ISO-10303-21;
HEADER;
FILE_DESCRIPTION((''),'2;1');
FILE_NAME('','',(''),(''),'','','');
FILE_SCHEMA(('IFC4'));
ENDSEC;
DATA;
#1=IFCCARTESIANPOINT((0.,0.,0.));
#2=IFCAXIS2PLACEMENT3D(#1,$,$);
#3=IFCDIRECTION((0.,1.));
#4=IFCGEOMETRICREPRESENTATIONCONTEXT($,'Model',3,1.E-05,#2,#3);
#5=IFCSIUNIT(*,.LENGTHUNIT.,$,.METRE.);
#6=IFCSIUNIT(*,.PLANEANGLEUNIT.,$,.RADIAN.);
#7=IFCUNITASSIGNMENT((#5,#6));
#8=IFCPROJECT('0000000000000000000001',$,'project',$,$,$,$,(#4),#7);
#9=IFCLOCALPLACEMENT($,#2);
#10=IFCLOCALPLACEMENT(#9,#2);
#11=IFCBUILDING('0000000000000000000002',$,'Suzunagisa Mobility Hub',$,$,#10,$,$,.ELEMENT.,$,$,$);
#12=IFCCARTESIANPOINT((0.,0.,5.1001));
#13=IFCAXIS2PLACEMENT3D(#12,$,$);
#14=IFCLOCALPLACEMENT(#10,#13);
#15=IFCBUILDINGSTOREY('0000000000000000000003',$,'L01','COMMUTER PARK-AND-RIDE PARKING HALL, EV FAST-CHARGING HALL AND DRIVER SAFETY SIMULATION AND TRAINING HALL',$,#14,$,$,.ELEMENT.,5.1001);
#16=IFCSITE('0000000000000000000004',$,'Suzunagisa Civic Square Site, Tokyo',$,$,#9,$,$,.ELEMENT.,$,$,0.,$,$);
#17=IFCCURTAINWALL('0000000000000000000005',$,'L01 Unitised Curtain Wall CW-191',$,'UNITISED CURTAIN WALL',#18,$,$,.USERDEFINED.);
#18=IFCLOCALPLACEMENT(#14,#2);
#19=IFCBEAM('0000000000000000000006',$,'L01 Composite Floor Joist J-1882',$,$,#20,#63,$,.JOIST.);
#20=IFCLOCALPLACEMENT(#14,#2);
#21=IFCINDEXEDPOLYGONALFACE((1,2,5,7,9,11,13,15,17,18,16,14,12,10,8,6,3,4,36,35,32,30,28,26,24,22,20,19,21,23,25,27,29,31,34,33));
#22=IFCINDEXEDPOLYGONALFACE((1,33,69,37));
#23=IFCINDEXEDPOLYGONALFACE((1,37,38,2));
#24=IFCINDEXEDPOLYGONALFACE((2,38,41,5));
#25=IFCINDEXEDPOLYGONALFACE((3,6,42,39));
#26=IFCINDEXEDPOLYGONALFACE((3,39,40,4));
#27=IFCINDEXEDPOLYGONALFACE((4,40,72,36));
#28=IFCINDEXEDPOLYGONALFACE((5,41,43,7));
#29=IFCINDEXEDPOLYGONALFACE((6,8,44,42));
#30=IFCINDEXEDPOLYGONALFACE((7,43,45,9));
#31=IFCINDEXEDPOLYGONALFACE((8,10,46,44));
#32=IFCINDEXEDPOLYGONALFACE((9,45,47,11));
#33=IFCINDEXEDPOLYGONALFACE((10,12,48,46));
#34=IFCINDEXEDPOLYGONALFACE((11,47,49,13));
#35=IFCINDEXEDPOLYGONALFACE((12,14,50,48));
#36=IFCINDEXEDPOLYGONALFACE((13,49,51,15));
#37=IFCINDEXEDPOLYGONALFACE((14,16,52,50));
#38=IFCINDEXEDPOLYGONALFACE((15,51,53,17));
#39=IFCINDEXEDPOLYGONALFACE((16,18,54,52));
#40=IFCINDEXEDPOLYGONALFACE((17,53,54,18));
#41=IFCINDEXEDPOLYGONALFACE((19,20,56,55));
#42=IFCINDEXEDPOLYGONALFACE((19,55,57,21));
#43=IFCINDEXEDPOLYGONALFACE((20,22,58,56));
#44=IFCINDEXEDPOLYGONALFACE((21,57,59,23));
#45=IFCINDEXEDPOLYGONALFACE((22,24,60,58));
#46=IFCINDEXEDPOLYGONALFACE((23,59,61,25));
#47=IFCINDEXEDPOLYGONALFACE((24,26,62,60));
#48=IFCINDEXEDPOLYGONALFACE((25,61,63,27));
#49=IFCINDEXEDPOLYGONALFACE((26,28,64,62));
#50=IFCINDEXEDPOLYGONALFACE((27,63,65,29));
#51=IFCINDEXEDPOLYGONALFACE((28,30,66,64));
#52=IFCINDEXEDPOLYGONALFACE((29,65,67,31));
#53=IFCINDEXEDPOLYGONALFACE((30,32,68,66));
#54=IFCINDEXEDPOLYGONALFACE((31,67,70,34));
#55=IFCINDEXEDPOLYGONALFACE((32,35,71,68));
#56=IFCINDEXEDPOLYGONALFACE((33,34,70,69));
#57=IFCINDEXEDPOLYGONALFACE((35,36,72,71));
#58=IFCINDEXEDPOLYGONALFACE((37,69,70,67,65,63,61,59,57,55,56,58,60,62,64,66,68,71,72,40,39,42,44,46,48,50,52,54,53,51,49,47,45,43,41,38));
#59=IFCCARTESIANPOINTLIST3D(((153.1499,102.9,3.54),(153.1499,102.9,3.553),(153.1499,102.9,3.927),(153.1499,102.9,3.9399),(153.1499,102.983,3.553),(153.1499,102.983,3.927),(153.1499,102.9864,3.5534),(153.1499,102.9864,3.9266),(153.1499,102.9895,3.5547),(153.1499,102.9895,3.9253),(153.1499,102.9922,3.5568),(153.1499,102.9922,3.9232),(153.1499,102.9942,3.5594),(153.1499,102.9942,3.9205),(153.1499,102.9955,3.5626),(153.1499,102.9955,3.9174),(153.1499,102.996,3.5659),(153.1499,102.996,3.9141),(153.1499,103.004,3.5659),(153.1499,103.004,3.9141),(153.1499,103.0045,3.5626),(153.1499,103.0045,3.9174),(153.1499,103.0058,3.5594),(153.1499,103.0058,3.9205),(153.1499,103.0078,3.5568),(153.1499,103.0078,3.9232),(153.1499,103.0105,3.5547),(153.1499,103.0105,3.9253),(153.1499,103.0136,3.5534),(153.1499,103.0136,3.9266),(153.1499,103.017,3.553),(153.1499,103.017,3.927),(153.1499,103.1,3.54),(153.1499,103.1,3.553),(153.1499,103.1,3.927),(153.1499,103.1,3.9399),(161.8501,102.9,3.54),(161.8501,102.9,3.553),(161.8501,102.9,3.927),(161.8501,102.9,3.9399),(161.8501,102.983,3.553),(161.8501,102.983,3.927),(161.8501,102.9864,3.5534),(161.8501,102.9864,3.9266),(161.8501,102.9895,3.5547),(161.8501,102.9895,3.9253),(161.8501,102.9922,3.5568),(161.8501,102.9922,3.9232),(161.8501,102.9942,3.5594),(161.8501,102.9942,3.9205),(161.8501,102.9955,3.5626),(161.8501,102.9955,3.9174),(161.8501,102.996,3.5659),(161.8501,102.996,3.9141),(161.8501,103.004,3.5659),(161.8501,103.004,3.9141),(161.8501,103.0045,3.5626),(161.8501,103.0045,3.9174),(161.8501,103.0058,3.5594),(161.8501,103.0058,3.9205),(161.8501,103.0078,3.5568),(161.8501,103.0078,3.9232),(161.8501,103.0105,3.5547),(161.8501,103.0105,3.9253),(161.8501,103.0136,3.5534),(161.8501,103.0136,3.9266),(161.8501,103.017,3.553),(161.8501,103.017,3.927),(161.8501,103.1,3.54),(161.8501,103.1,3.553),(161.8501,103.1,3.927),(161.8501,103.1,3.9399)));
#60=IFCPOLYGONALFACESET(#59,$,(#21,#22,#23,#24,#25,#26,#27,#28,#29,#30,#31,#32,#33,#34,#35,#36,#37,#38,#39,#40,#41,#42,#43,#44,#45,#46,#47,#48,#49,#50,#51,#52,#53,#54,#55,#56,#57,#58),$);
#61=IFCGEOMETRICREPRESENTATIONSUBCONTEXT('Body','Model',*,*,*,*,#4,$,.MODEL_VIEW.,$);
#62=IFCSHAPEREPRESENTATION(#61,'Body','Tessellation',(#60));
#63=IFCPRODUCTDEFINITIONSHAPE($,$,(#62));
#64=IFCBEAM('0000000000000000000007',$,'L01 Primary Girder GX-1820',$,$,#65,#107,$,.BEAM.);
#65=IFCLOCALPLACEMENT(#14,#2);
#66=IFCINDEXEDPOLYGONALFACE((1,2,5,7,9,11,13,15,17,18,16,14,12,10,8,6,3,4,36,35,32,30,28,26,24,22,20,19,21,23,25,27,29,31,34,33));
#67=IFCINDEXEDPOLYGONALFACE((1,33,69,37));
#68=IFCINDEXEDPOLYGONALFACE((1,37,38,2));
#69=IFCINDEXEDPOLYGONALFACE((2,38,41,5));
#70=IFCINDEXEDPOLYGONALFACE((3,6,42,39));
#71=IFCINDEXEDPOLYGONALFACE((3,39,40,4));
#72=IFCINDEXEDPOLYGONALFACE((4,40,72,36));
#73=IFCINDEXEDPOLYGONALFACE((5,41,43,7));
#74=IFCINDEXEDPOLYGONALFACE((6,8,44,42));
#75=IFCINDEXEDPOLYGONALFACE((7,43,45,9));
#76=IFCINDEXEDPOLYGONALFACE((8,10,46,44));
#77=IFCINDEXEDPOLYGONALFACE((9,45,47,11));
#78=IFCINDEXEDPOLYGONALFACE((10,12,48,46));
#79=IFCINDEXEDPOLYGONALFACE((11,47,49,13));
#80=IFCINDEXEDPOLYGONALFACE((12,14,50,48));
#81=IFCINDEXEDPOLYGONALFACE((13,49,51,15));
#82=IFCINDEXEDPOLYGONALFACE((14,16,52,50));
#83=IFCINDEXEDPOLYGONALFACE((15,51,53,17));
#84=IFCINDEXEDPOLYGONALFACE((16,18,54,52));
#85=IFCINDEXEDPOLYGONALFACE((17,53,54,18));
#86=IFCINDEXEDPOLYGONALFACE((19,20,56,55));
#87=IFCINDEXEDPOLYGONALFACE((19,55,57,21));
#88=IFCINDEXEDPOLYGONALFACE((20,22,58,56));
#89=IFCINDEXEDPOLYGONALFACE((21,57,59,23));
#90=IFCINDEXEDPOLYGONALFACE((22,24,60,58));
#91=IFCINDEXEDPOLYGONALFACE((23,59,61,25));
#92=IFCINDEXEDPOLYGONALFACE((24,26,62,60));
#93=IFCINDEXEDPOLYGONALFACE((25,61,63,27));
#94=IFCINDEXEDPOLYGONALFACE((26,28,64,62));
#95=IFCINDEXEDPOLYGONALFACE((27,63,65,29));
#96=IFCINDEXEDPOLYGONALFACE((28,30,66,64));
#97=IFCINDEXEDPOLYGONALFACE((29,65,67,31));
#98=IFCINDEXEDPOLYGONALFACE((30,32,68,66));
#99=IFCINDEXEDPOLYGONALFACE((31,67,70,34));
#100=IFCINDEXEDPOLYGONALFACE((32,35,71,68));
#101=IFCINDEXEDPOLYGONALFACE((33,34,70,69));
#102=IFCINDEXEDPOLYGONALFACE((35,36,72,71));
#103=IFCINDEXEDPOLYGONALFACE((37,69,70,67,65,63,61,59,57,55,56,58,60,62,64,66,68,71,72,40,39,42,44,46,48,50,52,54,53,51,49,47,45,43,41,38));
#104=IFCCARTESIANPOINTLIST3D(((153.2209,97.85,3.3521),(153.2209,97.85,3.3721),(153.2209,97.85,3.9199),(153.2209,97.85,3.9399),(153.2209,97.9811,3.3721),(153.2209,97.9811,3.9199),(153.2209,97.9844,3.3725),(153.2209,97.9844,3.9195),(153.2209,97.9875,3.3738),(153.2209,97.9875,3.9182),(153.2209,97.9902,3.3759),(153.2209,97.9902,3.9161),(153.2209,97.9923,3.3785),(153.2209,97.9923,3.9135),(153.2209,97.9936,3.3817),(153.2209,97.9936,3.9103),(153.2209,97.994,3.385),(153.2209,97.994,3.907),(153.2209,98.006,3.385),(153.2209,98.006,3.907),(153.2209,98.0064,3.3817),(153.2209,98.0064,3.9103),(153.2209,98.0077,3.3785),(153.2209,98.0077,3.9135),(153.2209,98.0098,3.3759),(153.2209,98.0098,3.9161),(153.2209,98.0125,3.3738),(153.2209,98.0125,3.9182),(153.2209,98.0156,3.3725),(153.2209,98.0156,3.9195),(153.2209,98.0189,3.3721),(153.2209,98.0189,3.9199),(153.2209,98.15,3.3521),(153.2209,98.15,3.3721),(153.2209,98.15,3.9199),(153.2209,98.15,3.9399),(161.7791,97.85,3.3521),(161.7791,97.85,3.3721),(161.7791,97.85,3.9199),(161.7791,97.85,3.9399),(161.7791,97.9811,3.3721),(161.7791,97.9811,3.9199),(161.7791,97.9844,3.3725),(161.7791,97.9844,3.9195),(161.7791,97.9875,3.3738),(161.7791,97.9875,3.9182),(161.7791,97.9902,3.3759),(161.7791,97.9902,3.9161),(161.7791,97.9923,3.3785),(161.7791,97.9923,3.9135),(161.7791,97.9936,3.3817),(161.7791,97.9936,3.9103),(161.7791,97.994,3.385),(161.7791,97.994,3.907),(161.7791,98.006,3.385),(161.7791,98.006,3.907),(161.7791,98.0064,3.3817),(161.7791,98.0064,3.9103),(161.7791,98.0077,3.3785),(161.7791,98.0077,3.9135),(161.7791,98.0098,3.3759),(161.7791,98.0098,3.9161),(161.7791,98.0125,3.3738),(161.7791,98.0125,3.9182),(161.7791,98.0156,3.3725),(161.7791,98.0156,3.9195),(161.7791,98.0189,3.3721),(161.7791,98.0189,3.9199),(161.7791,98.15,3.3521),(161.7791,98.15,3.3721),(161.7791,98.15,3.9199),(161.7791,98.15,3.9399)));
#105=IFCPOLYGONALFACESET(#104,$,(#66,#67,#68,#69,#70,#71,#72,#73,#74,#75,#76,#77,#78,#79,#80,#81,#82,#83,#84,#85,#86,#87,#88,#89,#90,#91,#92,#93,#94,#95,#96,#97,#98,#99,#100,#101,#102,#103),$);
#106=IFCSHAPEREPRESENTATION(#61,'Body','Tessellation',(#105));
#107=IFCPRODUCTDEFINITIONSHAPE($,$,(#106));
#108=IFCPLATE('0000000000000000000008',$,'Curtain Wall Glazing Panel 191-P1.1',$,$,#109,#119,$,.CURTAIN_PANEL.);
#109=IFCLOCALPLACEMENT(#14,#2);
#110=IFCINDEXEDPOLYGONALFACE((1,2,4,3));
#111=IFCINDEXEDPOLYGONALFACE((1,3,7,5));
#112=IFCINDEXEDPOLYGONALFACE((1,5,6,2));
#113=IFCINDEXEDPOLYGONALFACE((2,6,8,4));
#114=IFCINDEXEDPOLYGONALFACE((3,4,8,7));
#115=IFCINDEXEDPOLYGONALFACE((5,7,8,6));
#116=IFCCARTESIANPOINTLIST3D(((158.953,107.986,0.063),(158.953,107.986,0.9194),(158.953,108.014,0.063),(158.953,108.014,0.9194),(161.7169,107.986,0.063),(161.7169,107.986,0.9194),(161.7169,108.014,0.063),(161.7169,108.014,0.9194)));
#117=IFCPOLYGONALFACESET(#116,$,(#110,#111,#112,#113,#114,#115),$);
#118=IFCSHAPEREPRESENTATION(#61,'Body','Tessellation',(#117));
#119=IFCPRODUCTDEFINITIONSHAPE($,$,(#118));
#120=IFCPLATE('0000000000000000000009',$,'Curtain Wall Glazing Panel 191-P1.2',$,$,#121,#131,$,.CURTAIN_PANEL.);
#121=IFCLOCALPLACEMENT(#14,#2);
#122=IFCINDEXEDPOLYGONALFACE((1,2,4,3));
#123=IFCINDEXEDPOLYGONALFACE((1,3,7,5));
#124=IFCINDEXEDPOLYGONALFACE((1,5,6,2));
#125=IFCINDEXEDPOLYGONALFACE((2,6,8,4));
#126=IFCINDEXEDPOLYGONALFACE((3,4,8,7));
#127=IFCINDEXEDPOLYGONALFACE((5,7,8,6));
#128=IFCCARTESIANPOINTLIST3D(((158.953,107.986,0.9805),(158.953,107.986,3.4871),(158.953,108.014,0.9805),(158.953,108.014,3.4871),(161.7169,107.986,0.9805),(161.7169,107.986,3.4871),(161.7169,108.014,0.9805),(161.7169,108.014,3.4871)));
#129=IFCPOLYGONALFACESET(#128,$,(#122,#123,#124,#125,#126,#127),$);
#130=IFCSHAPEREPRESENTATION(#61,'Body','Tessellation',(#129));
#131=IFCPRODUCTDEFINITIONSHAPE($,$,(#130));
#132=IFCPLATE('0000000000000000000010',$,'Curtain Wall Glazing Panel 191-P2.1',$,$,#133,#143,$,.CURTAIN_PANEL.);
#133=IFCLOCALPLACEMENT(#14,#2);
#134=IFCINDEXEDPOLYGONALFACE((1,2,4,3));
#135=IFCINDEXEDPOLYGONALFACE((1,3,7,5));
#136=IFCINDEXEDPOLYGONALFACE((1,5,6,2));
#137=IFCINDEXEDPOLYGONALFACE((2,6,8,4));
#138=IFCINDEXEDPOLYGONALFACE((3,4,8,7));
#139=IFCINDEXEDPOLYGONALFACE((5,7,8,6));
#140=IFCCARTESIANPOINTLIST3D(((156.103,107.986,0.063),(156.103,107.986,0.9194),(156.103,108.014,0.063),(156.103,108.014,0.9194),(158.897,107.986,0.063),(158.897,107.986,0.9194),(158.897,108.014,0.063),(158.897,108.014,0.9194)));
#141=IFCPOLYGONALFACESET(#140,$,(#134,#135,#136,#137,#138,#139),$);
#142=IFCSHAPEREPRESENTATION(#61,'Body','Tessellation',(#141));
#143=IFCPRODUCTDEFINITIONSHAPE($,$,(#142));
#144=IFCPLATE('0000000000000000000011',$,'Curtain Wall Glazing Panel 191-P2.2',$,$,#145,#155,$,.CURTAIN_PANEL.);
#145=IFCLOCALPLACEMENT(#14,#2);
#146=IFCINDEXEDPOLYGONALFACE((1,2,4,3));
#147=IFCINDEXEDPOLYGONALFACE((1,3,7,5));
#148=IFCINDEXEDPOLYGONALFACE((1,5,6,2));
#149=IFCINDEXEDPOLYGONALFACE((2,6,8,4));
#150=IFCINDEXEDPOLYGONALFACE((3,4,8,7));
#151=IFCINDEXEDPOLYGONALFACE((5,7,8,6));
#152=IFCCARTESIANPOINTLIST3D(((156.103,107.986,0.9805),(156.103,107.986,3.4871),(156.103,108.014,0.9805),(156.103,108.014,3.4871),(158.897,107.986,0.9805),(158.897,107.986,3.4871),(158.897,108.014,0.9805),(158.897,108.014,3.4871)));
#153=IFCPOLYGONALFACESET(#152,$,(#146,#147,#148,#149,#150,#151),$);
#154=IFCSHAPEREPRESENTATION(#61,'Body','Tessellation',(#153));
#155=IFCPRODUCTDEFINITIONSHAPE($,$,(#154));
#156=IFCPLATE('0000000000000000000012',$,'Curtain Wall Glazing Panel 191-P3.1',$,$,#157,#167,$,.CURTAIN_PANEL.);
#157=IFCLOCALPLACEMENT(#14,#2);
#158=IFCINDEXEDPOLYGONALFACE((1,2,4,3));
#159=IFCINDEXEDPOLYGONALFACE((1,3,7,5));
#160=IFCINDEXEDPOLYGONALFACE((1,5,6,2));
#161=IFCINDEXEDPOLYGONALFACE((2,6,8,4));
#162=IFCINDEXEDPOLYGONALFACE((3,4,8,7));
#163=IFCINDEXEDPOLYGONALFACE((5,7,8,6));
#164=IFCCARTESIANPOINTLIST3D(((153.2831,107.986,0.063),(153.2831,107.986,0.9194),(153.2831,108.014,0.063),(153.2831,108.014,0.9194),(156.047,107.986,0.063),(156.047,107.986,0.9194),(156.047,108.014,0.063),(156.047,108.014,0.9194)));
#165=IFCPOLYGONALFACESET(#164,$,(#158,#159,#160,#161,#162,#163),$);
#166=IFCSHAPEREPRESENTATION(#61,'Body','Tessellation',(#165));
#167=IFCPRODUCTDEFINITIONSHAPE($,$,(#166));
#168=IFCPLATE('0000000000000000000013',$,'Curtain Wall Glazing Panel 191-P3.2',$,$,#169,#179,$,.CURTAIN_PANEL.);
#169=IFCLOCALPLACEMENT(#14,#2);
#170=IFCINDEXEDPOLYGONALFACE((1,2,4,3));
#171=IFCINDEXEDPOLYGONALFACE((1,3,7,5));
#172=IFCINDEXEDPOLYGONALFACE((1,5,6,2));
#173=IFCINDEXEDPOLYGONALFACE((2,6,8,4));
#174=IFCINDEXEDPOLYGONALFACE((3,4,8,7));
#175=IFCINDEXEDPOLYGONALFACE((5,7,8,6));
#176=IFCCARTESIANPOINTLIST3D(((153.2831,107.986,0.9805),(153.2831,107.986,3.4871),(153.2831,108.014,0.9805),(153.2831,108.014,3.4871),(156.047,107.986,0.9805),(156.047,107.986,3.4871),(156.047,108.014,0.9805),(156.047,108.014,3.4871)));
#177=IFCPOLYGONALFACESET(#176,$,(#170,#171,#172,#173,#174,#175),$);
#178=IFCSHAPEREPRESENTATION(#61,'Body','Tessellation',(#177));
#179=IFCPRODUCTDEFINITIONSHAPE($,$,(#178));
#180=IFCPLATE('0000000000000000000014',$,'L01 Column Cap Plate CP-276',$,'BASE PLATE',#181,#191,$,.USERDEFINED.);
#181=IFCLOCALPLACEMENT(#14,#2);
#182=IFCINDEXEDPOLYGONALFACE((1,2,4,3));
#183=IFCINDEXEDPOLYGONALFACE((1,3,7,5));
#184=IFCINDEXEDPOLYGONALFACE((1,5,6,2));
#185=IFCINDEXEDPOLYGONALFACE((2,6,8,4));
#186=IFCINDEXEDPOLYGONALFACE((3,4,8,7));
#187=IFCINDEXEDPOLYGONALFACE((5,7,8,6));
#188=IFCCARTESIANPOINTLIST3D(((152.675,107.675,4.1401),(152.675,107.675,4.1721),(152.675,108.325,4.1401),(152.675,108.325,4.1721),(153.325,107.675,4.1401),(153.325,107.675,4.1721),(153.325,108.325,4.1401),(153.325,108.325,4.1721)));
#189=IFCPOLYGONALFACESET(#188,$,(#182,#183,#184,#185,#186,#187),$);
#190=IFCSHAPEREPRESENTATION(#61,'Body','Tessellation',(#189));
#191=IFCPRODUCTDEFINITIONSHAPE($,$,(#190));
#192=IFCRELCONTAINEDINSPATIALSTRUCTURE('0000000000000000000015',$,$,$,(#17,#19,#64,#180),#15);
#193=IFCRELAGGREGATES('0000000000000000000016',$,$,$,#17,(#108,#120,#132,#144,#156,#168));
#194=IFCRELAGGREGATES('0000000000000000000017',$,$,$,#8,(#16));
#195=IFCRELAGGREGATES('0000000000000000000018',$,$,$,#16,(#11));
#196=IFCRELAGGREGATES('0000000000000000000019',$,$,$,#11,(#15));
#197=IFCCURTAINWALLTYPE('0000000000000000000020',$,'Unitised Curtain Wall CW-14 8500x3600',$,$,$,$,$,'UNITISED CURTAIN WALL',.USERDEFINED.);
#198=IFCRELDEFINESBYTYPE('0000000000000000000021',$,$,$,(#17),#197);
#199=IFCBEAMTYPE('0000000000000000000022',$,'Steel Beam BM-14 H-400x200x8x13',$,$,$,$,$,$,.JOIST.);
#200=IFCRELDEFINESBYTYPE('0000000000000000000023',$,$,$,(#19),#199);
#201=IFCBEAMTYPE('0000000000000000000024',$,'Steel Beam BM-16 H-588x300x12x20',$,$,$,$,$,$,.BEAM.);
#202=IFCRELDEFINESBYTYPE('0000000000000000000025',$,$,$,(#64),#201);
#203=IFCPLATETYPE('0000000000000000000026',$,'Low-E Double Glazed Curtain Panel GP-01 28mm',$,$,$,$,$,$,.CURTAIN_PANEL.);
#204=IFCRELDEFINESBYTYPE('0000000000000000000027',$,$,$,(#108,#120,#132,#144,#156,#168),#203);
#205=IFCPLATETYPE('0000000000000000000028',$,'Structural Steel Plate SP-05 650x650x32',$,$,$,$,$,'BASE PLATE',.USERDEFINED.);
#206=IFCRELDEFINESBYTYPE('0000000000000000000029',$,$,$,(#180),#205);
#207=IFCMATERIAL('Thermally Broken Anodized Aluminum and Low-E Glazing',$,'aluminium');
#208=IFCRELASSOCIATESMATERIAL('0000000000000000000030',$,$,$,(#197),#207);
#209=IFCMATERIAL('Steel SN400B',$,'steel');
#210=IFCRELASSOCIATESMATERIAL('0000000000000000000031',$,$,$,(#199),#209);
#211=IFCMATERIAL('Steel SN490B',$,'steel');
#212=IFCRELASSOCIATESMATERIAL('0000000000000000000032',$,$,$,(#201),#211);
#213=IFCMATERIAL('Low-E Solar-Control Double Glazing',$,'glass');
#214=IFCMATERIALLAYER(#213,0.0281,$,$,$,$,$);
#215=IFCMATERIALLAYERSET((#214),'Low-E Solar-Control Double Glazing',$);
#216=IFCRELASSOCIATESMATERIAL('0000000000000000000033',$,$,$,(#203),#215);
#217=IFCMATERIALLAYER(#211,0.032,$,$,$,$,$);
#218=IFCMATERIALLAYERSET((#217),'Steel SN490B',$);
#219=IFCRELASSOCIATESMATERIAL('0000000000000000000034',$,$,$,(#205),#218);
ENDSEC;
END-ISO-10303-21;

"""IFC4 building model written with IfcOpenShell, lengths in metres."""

from ifc_helpers import new_model, si_unit, direction, frame, origin, origin_2d, place, context, subcontext, project, spatial, rectangle, i_section, extrude, material, layer, layer_set, material_profile, profile_set, type_object, element, aggregate, save


model = new_model("IFC4")

# Units and contexts
model_context = context("Model", 3, precision=1e-05, world=origin(), true_north=direction((0.0, 1.0)))
body_context = subcontext(model_context, "Body", "Model", "MODEL_VIEW")
ifc_project = project(units=[si_unit("LENGTHUNIT", "METRE"), si_unit("PLANEANGLEUNIT", "RADIAN")], contexts=[model_context])

# Site, building, storey
site_placement = place(None, origin())
site = spatial("IfcSite", under=ifc_project, at=site_placement, Name="Suzunagisa Civic Square Site, Tokyo", CompositionType="ELEMENT", RefElevation=0.0)
building_placement = place(site_placement, origin())
building = spatial("IfcBuilding", under=site, at=building_placement, Name="Suzunagisa Mobility Hub", CompositionType="ELEMENT")
storey_placement = place(building_placement, frame((0.0, 0.0, 5.1001)))
storey = spatial("IfcBuildingStorey", under=building, at=storey_placement, Name="L01", Description="COMMUTER PARK-AND-RIDE PARKING HALL, EV FAST-CHARGING HALL AND DRIVER SAFETY SIMULATION AND TRAINING HALL", CompositionType="ELEMENT", Elevation=5.1001)

# Shared definitions
ifc_material_1 = material(Name="Steel SN490B", Category="steel")

# Curtain wall
ifc_material_2 = material(Name="Thermally Broken Anodized Aluminum and Low-E Glazing", Category="aluminium")
curtain_wall_type = type_object("IfcCurtainWallType", Name="Unitised Curtain Wall CW-14 8500x3600", ElementType="UNITISED CURTAIN WALL", PredefinedType="USERDEFINED", material=ifc_material_2)
curtain_wall_placement = place(storey_placement, origin())
curtain_wall = element("IfcCurtainWall", 1, at=curtain_wall_placement, inside=storey, type_object=curtain_wall_type, Name="L01 Unitised Curtain Wall CW-191", ObjectType="UNITISED CURTAIN WALL", PredefinedType="USERDEFINED")

# Beams
ifc_material_3 = material(Name="Steel SN400B", Category="steel")
ifc_material_profile_1 = material_profile(ifc_material_3, i_section(OverallWidth=0.2, OverallDepth=0.3999, WebThickness=0.0081, FlangeThickness=0.0129, FilletRadius=0.0129, at=origin_2d()), Name="H-400x200x8x13")
ifc_profile_set_1 = profile_set([ifc_material_profile_1], Name="Steel SN400B")
beam_type_1 = type_object("IfcBeamType", Name="Steel Beam BM-14 H-400x200x8x13", PredefinedType="JOIST", material=ifc_profile_set_1)
beam_1_placement = place(storey_placement, frame((153.1499, 103.0, 3.74), z_axis=(1.0, 0.0, 0.0), x_axis=(0.0, 1.0, 0.0)))
element("IfcBeam", 2, at=beam_1_placement, inside=storey, type_object=beam_type_1, Name="L01 Composite Floor Joist J-1882", PredefinedType="JOIST", context=body_context, shape_type="SweptSolid", body=[
    extrude(i_section(OverallWidth=0.2, OverallDepth=0.3999, WebThickness=0.0081, FlangeThickness=0.0129, FilletRadius=0.0129, at=origin_2d()), origin(), (0.0, 0.0, 1.0), 8.7002),
])
ifc_material_profile_2 = material_profile(ifc_material_1, i_section(OverallWidth=0.3, OverallDepth=0.5879, WebThickness=0.012, FlangeThickness=0.02, FilletRadius=0.0129, at=origin_2d()), Name="H-588x300x12x20")
ifc_profile_set_2 = profile_set([ifc_material_profile_2], Name="Steel SN490B")
beam_type_2 = type_object("IfcBeamType", Name="Steel Beam BM-16 H-588x300x12x20", PredefinedType="BEAM", material=ifc_profile_set_2)
beam_2_placement = place(storey_placement, frame((153.2209, 98.0, 3.646), z_axis=(1.0, 0.0, 0.0), x_axis=(0.0, 1.0, 0.0)))
element("IfcBeam", 3, at=beam_2_placement, inside=storey, type_object=beam_type_2, Name="L01 Primary Girder GX-1820", PredefinedType="BEAM", context=body_context, shape_type="SweptSolid", body=[
    extrude(i_section(OverallWidth=0.3, OverallDepth=0.5879, WebThickness=0.012, FlangeThickness=0.02, FilletRadius=0.0129, at=origin_2d()), origin(), (0.0, 0.0, 1.0), 8.5581),
])

# Plates
ifc_material_4 = material(Name="Low-E Solar-Control Double Glazing", Category="glass")
ifc_layer_1 = layer(ifc_material_4, 0.0281)
ifc_layer_set_1 = layer_set([ifc_layer_1], Name="Low-E Solar-Control Double Glazing")
plate_type_1 = type_object("IfcPlateType", Name="Low-E Double Glazed Curtain Panel GP-01 28mm", PredefinedType="CURTAIN_PANEL", material=ifc_layer_set_1)
plate_1_placement = place(storey_placement, frame((160.335, 108.0, 0.063), z_axis=(0.0, 0.0, 1.0), x_axis=(-1.0, 0.0, 0.0)))
plate_1 = element("IfcPlate", 4, at=plate_1_placement, type_object=plate_type_1, Name="Curtain Wall Glazing Panel 191-P1.1", PredefinedType="CURTAIN_PANEL", context=body_context, shape_type="SweptSolid", body=[
    extrude(rectangle(XDim=2.7639, YDim=0.0281, at=origin_2d()), origin(), (0.0, 0.0, 1.0), 0.8564),
])
plate_2_placement = place(storey_placement, frame((160.335, 108.0, 0.9805), z_axis=(0.0, 0.0, 1.0), x_axis=(-1.0, 0.0, 0.0)))
plate_2 = element("IfcPlate", 5, at=plate_2_placement, type_object=plate_type_1, Name="Curtain Wall Glazing Panel 191-P1.2", PredefinedType="CURTAIN_PANEL", context=body_context, shape_type="SweptSolid", body=[
    extrude(rectangle(XDim=2.7639, YDim=0.0281, at=origin_2d()), origin(), (0.0, 0.0, 1.0), 2.5066),
])
plate_3_placement = place(storey_placement, frame((157.5, 108.0, 0.063), z_axis=(0.0, 0.0, 1.0), x_axis=(-1.0, 0.0, 0.0)))
plate_3 = element("IfcPlate", 6, at=plate_3_placement, type_object=plate_type_1, Name="Curtain Wall Glazing Panel 191-P2.1", PredefinedType="CURTAIN_PANEL", context=body_context, shape_type="SweptSolid", body=[
    extrude(rectangle(XDim=2.7939, YDim=0.0281, at=origin_2d()), origin(), (0.0, 0.0, 1.0), 0.8564),
])
plate_4_placement = place(storey_placement, frame((157.5, 108.0, 0.9805), z_axis=(0.0, 0.0, 1.0), x_axis=(-1.0, 0.0, 0.0)))
plate_4 = element("IfcPlate", 7, at=plate_4_placement, type_object=plate_type_1, Name="Curtain Wall Glazing Panel 191-P2.2", PredefinedType="CURTAIN_PANEL", context=body_context, shape_type="SweptSolid", body=[
    extrude(rectangle(XDim=2.7939, YDim=0.0281, at=origin_2d()), origin(), (0.0, 0.0, 1.0), 2.5066),
])
plate_5_placement = place(storey_placement, frame((154.665, 108.0, 0.063), z_axis=(0.0, 0.0, 1.0), x_axis=(-1.0, 0.0, 0.0)))
plate_5 = element("IfcPlate", 8, at=plate_5_placement, type_object=plate_type_1, Name="Curtain Wall Glazing Panel 191-P3.1", PredefinedType="CURTAIN_PANEL", context=body_context, shape_type="SweptSolid", body=[
    extrude(rectangle(XDim=2.7639, YDim=0.0281, at=origin_2d()), origin(), (0.0, 0.0, 1.0), 0.8564),
])
plate_6_placement = place(storey_placement, frame((154.665, 108.0, 0.9805), z_axis=(0.0, 0.0, 1.0), x_axis=(-1.0, 0.0, 0.0)))
plate_6 = element("IfcPlate", 9, at=plate_6_placement, type_object=plate_type_1, Name="Curtain Wall Glazing Panel 191-P3.2", PredefinedType="CURTAIN_PANEL", context=body_context, shape_type="SweptSolid", body=[
    extrude(rectangle(XDim=2.7639, YDim=0.0281, at=origin_2d()), origin(), (0.0, 0.0, 1.0), 2.5066),
])
aggregate(curtain_wall, [plate_1, plate_2, plate_3, plate_4, plate_5, plate_6])

# Plate
ifc_layer_2 = layer(ifc_material_1, 0.032)
ifc_layer_set_2 = layer_set([ifc_layer_2], Name="Steel SN490B")
plate_type_2 = type_object("IfcPlateType", Name="Structural Steel Plate SP-05 650x650x32", ElementType="BASE PLATE", PredefinedType="USERDEFINED", material=ifc_layer_set_2)
for number, where, z_axis, x_axis, name in (
    (10, (153.0, 108.0, 4.1401), (0.0, 0.0, 1.0), (1.0, 0.0, 0.0), "L01 Column Cap Plate CP-276"),
):
    element("IfcPlate", number, at=place(storey_placement, frame(where, z_axis=z_axis, x_axis=x_axis)), inside=storey, type_object=plate_type_2, Name=name, ObjectType="BASE PLATE", PredefinedType="USERDEFINED", context=body_context, shape_type="SweptSolid", body=[
        extrude(rectangle(XDim=0.6499, YDim=0.6499, at=origin_2d()), origin(), (0.0, 0.0, 1.0), 0.032),
    ])

save(model, "model.ifc")
